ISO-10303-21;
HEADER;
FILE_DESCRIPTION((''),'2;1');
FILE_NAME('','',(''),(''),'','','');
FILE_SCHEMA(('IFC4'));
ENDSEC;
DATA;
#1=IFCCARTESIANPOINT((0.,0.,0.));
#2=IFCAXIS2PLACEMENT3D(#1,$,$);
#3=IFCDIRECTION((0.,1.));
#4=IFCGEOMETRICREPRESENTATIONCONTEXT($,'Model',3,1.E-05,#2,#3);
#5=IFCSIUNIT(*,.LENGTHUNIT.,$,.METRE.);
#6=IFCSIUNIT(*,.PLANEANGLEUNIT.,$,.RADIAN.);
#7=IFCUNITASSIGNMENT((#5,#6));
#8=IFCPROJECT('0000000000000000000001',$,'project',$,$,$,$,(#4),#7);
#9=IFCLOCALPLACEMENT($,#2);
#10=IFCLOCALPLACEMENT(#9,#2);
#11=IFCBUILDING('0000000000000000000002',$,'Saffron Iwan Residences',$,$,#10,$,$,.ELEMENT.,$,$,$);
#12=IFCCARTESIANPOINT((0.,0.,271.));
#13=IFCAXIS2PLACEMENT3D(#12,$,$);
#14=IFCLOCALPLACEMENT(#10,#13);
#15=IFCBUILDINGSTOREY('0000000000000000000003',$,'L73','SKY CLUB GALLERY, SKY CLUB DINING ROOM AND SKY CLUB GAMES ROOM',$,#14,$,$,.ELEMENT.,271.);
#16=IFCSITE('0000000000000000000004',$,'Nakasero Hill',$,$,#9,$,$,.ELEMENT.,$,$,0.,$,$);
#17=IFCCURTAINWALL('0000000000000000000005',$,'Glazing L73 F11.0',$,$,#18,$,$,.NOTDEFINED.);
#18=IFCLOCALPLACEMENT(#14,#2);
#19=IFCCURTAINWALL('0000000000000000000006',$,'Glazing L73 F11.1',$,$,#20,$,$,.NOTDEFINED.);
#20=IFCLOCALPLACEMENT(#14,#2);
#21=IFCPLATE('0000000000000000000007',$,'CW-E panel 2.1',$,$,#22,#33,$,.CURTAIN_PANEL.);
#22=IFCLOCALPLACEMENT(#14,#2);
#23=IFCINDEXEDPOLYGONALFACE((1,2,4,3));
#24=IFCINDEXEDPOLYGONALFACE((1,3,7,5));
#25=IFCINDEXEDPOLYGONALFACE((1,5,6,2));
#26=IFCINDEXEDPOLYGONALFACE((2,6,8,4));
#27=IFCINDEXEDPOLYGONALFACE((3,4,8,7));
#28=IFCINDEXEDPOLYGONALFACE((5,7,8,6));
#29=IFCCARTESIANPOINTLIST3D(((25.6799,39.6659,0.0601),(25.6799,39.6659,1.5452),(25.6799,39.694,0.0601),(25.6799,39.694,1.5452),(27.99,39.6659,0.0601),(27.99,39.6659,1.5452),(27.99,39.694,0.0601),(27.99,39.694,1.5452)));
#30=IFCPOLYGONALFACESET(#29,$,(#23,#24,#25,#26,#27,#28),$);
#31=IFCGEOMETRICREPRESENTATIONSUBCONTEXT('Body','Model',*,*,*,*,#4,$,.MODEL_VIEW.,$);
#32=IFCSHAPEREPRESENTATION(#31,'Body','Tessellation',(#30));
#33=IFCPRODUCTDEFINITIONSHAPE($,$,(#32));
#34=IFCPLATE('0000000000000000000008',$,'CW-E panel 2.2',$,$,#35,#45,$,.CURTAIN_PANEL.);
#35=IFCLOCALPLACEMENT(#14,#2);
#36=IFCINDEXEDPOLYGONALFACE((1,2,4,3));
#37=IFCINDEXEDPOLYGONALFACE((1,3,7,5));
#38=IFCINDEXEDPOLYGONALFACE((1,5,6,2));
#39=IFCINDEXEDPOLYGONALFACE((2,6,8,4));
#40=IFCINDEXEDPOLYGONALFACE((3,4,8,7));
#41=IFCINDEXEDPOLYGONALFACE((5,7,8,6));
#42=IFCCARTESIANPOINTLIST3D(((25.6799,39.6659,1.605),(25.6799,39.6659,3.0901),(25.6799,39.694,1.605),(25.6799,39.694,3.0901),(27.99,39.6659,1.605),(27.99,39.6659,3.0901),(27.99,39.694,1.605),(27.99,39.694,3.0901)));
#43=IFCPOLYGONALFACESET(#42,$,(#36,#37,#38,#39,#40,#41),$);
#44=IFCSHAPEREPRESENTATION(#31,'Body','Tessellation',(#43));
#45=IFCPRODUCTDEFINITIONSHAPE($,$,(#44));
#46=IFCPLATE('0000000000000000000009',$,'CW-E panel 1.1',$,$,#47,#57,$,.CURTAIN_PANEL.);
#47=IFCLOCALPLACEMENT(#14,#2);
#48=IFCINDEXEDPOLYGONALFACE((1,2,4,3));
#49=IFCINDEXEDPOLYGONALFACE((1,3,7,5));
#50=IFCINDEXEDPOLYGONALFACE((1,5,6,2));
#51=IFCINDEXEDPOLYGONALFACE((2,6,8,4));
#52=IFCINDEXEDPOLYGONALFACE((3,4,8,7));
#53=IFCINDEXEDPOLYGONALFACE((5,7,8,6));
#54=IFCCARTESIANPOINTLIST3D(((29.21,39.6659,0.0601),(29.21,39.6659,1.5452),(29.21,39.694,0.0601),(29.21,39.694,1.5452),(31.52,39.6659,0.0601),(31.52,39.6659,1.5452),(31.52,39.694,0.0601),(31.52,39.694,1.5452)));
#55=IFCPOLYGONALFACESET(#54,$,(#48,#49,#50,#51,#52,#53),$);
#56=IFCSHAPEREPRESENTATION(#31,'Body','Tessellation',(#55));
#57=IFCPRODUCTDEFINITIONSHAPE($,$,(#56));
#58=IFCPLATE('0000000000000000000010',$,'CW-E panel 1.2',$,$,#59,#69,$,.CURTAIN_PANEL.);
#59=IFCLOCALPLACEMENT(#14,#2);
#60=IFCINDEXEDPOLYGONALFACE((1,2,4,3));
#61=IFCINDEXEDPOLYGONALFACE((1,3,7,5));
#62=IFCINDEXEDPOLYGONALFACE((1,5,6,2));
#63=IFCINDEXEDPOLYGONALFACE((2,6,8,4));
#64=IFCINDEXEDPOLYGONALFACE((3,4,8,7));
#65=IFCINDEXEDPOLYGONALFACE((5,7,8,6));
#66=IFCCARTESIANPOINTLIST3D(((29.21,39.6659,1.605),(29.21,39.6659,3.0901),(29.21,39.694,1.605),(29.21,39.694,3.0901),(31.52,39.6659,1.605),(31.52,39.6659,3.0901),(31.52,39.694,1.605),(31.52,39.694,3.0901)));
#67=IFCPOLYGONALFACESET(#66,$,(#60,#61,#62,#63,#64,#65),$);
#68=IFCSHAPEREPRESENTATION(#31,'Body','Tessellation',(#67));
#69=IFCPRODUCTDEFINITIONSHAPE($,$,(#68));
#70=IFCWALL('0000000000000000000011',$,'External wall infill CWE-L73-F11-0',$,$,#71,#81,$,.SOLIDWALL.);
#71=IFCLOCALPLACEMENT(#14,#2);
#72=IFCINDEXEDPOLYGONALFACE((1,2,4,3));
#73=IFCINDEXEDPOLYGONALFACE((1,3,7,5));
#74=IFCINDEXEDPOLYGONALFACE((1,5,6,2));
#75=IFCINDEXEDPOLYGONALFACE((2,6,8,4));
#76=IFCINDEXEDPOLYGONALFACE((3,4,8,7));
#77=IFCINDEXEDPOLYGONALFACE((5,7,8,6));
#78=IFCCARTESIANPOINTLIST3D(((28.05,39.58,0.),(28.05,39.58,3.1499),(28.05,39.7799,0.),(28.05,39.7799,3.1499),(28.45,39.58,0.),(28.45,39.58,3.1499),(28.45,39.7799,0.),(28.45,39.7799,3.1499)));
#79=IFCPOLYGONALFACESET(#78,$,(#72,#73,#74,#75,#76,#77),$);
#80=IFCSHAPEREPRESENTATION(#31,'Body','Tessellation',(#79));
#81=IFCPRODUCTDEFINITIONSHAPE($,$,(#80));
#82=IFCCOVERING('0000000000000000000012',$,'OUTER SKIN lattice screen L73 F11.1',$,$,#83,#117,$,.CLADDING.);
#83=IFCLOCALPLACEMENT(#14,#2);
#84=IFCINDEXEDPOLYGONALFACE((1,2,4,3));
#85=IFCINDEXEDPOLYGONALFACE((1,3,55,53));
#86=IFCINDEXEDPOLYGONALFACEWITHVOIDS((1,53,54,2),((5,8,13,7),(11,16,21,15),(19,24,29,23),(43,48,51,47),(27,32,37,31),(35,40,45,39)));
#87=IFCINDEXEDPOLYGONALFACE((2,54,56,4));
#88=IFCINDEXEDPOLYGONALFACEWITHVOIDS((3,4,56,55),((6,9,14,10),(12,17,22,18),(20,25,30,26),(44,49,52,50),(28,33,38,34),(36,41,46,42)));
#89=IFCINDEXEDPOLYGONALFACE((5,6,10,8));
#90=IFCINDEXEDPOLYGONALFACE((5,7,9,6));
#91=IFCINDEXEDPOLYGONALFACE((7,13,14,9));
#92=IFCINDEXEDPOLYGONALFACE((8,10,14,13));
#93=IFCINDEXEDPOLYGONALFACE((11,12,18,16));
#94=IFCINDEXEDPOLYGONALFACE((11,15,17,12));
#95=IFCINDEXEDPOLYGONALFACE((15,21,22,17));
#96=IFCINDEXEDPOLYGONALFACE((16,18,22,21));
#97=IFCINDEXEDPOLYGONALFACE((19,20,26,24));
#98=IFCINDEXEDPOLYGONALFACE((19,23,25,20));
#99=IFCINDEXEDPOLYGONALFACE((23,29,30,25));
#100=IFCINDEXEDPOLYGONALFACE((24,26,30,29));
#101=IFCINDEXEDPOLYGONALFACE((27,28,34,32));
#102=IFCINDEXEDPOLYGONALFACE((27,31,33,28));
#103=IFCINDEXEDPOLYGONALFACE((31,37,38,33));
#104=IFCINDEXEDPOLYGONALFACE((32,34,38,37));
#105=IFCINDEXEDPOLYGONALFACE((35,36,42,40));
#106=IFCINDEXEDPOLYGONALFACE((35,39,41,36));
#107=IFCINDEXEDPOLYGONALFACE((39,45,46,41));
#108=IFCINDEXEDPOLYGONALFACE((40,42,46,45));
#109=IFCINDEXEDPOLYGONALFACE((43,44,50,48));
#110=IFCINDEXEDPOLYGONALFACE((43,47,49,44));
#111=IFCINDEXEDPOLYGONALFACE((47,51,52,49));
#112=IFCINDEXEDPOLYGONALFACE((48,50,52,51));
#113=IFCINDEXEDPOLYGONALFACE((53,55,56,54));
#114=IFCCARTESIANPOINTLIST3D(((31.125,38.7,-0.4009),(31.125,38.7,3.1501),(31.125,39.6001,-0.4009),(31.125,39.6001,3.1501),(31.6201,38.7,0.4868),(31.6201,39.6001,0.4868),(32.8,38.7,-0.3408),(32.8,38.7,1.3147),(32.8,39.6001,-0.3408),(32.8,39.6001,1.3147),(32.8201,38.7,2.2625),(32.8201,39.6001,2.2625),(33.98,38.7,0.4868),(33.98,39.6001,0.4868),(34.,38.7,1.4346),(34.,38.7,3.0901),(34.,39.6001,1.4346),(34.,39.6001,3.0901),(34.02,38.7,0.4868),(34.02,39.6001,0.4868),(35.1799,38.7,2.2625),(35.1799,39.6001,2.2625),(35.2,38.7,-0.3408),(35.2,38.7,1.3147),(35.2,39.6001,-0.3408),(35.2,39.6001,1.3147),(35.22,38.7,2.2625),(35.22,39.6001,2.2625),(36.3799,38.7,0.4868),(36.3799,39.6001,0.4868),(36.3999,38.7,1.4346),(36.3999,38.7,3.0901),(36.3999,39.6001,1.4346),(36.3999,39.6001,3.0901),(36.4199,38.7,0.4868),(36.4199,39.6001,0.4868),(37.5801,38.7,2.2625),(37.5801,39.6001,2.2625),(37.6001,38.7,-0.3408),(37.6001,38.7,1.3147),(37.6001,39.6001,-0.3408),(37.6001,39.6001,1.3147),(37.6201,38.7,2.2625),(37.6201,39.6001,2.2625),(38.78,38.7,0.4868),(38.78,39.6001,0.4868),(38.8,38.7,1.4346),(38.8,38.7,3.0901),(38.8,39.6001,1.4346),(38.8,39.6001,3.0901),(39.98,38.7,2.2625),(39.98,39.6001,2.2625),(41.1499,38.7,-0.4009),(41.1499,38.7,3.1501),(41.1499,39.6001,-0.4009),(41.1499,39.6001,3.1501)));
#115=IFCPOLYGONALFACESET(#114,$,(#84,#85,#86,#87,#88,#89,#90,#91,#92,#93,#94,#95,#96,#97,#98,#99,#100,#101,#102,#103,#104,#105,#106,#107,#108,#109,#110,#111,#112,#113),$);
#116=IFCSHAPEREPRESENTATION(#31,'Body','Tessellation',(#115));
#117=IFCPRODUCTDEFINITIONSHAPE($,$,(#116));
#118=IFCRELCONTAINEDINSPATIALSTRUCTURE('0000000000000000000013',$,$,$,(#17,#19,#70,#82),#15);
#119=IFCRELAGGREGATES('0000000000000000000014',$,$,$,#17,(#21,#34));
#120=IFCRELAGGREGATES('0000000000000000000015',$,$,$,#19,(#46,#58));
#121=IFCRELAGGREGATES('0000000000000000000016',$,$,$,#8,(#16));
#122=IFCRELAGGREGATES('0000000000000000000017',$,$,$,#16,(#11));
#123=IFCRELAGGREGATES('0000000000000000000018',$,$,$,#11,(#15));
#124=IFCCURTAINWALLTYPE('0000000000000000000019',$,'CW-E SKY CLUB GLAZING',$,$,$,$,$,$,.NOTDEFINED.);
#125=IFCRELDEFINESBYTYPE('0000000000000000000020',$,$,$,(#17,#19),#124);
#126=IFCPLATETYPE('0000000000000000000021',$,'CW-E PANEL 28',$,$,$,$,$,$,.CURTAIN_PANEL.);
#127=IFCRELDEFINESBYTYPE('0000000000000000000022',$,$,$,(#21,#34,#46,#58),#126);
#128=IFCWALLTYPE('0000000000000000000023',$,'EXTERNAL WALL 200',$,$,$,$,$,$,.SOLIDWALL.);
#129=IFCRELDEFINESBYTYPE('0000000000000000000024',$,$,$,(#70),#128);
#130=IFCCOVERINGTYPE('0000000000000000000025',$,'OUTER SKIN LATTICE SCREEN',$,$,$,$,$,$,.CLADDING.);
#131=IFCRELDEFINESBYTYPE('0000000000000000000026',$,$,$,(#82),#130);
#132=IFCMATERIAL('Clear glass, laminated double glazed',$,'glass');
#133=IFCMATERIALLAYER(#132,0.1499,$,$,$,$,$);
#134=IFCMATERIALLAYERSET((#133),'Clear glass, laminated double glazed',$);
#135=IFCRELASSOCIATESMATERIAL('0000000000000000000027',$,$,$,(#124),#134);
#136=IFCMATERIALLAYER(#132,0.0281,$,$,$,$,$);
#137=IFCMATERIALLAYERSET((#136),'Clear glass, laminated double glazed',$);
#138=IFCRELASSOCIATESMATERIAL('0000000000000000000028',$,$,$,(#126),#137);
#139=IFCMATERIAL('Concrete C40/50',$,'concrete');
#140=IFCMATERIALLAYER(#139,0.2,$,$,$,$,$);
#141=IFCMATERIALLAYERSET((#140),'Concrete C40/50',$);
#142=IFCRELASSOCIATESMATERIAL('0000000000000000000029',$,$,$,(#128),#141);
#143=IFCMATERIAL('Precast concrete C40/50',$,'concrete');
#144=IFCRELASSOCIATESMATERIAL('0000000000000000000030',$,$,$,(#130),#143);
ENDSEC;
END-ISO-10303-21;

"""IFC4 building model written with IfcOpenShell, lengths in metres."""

from ifc_helpers import new_model, si_unit, direction, frame, frame_2d, origin, origin_2d, place, context, subcontext, project, spatial, polyline, rectangle, outline, extrude, source, transform, mapped, material, layer, layer_set, type_object, element, aggregate, save


model = new_model("IFC4")

# Units and contexts
model_context = context("Model", 3, precision=1e-05, world=origin(), true_north=direction((0.0, 1.0)))
body_context = subcontext(model_context, "Body", "Model", "MODEL_VIEW")
ifc_project = project(units=[si_unit("LENGTHUNIT", "METRE"), si_unit("PLANEANGLEUNIT", "RADIAN")], contexts=[model_context])

# Site, building, storey
site_placement = place(None, origin())
site = spatial("IfcSite", under=ifc_project, at=site_placement, Name="Nakasero Hill", CompositionType="ELEMENT", RefElevation=0.0)
building_placement = place(site_placement, origin())
building = spatial("IfcBuilding", under=site, at=building_placement, Name="Saffron Iwan Residences", CompositionType="ELEMENT")
storey_placement = place(building_placement, frame((0.0, 0.0, 271.0)))
storey = spatial("IfcBuildingStorey", under=building, at=storey_placement, Name="L73", Description="SKY CLUB GALLERY, SKY CLUB DINING ROOM AND SKY CLUB GAMES ROOM", CompositionType="ELEMENT", Elevation=271.0)

# Curtain walls
ifc_material_1 = material(Name="Clear glass, laminated double glazed", Category="glass")
ifc_layer_1 = layer(ifc_material_1, 0.1499)
ifc_layer_set_1 = layer_set([ifc_layer_1], Name="Clear glass, laminated double glazed")
curtain_wall_type = type_object("IfcCurtainWallType", Name="CW-E SKY CLUB GLAZING", PredefinedType="NOTDEFINED", material=ifc_layer_set_1)
curtain_wall_1_placement = place(storey_placement, origin())
curtain_wall_1 = element("IfcCurtainWall", 1, at=curtain_wall_1_placement, inside=storey, type_object=curtain_wall_type, Name="Glazing L73 F11.0", PredefinedType="NOTDEFINED")
curtain_wall_2_placement = place(storey_placement, origin())
curtain_wall_2 = element("IfcCurtainWall", 2, at=curtain_wall_2_placement, inside=storey, type_object=curtain_wall_type, Name="Glazing L73 F11.1", PredefinedType="NOTDEFINED")

# Plates
ifc_layer_2 = layer(ifc_material_1, 0.0281)
ifc_layer_set_2 = layer_set([ifc_layer_2], Name="Clear glass, laminated double glazed")
plate_type = type_object("IfcPlateType", Name="CW-E PANEL 28", PredefinedType="CURTAIN_PANEL", material=ifc_layer_set_2)
shared_shape_1 = source(origin(), body_context, "Body", "SweptSolid", [
    extrude(rectangle(XDim=2.3101, YDim=0.0281, at=origin_2d()), origin(), (0.0, 0.0, 1.0), 1.4851),
])
plate_1_placement = place(storey_placement, frame((26.835, 39.6799, 0.0601), z_axis=(0.0, 0.0, 1.0), x_axis=(1.0, 0.0, 0.0)))
plate_1 = element("IfcPlate", 3, at=plate_1_placement, type_object=plate_type, Name="CW-E panel 2.1", PredefinedType="CURTAIN_PANEL", context=body_context, shape_type="MappedRepresentation", body=[
    mapped(shared_shape_1, transform((0.0, 0.0, 0.0))),
])
plate_2_placement = place(storey_placement, frame((26.835, 39.6799, 1.605), z_axis=(0.0, 0.0, 1.0), x_axis=(1.0, 0.0, 0.0)))
plate_2 = element("IfcPlate", 4, at=plate_2_placement, type_object=plate_type, Name="CW-E panel 2.2", PredefinedType="CURTAIN_PANEL", context=body_context, shape_type="MappedRepresentation", body=[
    mapped(shared_shape_1, transform((0.0, 0.0, 0.0))),
])
aggregate(curtain_wall_1, [plate_1, plate_2])
plate_3_placement = place(storey_placement, frame((30.365, 39.6799, 0.0601), z_axis=(0.0, 0.0, 1.0), x_axis=(1.0, 0.0, 0.0)))
plate_3 = element("IfcPlate", 5, at=plate_3_placement, type_object=plate_type, Name="CW-E panel 1.1", PredefinedType="CURTAIN_PANEL", context=body_context, shape_type="MappedRepresentation", body=[
    mapped(shared_shape_1, transform((0.0, 0.0, 0.0))),
])
plate_4_placement = place(storey_placement, frame((30.365, 39.6799, 1.605), z_axis=(0.0, 0.0, 1.0), x_axis=(1.0, 0.0, 0.0)))
plate_4 = element("IfcPlate", 6, at=plate_4_placement, type_object=plate_type, Name="CW-E panel 1.2", PredefinedType="CURTAIN_PANEL", context=body_context, shape_type="MappedRepresentation", body=[
    mapped(shared_shape_1, transform((0.0, 0.0, 0.0))),
])
aggregate(curtain_wall_2, [plate_3, plate_4])

# Wall
ifc_material_2 = material(Name="Concrete C40/50", Category="concrete")
ifc_layer_3 = layer(ifc_material_2, 0.2)
ifc_layer_set_3 = layer_set([ifc_layer_3], Name="Concrete C40/50")
wall_type = type_object("IfcWallType", Name="EXTERNAL WALL 200", PredefinedType="SOLIDWALL", material=ifc_layer_set_3)
wall_placement = place(storey_placement, frame((28.05, 39.6799, 0.0), z_axis=(0.0, 0.0, 1.0), x_axis=(1.0, 0.0, 0.0)))
element("IfcWall", 7, at=wall_placement, inside=storey, type_object=wall_type, Name="External wall infill CWE-L73-F11-0", PredefinedType="SOLIDWALL", context=body_context, shape_type="SweptSolid", body=[
    extrude(rectangle(XDim=0.3999, YDim=0.2, at=frame_2d((0.2, 0.0))), origin(), (0.0, 0.0, 1.0), 3.1499),
])

# Covering
ifc_material_3 = material(Name="Precast concrete C40/50", Category="concrete")
covering_type = type_object("IfcCoveringType", Name="OUTER SKIN LATTICE SCREEN", PredefinedType="CLADDING", material=ifc_material_3)
covering_placement = place(storey_placement, frame((31.125, 39.6001, -0.4009), z_axis=(0.0, -1.0, 0.0), x_axis=(1.0, 0.0, 0.0)))
element("IfcCovering", 8, at=covering_placement, inside=storey, type_object=covering_type, Name="OUTER SKIN lattice screen L73 F11.1", PredefinedType="CLADDING", context=body_context, shape_type="SweptSolid", body=[
    extrude(outline(polyline([(0.0, 0.0), (10.0249, 0.0), (10.0249, 3.551), (0.0, 3.551), (0.0, 0.0)]), holes=[polyline([(0.4951, 0.8877), (1.675, 0.0601), (2.855, 0.8877), (1.675, 1.7156), (0.4951, 0.8877)]), polyline([(2.895, 0.8877), (4.075, 0.0601), (5.2549, 0.8877), (4.075, 1.7156), (2.895, 0.8877)]), polyline([(5.2949, 0.8877), (6.4751, 0.0601), (7.655, 0.8877), (6.4751, 1.7156), (5.2949, 0.8877)]), polyline([(1.6951, 2.6633), (2.875, 1.8354), (4.0549, 2.6633), (2.875, 3.491), (1.6951, 2.6633)]), polyline([(4.095, 2.6633), (5.2749, 1.8354), (6.4551, 2.6633), (5.2749, 3.491), (4.095, 2.6633)]), polyline([(6.4951, 2.6633), (7.675, 1.8354), (8.855, 2.6633), (7.675, 3.491), (6.4951, 2.6633)])]), origin(), (0.0, 0.0, 1.0), 0.9001),
])

save(model, "model.ifc")
